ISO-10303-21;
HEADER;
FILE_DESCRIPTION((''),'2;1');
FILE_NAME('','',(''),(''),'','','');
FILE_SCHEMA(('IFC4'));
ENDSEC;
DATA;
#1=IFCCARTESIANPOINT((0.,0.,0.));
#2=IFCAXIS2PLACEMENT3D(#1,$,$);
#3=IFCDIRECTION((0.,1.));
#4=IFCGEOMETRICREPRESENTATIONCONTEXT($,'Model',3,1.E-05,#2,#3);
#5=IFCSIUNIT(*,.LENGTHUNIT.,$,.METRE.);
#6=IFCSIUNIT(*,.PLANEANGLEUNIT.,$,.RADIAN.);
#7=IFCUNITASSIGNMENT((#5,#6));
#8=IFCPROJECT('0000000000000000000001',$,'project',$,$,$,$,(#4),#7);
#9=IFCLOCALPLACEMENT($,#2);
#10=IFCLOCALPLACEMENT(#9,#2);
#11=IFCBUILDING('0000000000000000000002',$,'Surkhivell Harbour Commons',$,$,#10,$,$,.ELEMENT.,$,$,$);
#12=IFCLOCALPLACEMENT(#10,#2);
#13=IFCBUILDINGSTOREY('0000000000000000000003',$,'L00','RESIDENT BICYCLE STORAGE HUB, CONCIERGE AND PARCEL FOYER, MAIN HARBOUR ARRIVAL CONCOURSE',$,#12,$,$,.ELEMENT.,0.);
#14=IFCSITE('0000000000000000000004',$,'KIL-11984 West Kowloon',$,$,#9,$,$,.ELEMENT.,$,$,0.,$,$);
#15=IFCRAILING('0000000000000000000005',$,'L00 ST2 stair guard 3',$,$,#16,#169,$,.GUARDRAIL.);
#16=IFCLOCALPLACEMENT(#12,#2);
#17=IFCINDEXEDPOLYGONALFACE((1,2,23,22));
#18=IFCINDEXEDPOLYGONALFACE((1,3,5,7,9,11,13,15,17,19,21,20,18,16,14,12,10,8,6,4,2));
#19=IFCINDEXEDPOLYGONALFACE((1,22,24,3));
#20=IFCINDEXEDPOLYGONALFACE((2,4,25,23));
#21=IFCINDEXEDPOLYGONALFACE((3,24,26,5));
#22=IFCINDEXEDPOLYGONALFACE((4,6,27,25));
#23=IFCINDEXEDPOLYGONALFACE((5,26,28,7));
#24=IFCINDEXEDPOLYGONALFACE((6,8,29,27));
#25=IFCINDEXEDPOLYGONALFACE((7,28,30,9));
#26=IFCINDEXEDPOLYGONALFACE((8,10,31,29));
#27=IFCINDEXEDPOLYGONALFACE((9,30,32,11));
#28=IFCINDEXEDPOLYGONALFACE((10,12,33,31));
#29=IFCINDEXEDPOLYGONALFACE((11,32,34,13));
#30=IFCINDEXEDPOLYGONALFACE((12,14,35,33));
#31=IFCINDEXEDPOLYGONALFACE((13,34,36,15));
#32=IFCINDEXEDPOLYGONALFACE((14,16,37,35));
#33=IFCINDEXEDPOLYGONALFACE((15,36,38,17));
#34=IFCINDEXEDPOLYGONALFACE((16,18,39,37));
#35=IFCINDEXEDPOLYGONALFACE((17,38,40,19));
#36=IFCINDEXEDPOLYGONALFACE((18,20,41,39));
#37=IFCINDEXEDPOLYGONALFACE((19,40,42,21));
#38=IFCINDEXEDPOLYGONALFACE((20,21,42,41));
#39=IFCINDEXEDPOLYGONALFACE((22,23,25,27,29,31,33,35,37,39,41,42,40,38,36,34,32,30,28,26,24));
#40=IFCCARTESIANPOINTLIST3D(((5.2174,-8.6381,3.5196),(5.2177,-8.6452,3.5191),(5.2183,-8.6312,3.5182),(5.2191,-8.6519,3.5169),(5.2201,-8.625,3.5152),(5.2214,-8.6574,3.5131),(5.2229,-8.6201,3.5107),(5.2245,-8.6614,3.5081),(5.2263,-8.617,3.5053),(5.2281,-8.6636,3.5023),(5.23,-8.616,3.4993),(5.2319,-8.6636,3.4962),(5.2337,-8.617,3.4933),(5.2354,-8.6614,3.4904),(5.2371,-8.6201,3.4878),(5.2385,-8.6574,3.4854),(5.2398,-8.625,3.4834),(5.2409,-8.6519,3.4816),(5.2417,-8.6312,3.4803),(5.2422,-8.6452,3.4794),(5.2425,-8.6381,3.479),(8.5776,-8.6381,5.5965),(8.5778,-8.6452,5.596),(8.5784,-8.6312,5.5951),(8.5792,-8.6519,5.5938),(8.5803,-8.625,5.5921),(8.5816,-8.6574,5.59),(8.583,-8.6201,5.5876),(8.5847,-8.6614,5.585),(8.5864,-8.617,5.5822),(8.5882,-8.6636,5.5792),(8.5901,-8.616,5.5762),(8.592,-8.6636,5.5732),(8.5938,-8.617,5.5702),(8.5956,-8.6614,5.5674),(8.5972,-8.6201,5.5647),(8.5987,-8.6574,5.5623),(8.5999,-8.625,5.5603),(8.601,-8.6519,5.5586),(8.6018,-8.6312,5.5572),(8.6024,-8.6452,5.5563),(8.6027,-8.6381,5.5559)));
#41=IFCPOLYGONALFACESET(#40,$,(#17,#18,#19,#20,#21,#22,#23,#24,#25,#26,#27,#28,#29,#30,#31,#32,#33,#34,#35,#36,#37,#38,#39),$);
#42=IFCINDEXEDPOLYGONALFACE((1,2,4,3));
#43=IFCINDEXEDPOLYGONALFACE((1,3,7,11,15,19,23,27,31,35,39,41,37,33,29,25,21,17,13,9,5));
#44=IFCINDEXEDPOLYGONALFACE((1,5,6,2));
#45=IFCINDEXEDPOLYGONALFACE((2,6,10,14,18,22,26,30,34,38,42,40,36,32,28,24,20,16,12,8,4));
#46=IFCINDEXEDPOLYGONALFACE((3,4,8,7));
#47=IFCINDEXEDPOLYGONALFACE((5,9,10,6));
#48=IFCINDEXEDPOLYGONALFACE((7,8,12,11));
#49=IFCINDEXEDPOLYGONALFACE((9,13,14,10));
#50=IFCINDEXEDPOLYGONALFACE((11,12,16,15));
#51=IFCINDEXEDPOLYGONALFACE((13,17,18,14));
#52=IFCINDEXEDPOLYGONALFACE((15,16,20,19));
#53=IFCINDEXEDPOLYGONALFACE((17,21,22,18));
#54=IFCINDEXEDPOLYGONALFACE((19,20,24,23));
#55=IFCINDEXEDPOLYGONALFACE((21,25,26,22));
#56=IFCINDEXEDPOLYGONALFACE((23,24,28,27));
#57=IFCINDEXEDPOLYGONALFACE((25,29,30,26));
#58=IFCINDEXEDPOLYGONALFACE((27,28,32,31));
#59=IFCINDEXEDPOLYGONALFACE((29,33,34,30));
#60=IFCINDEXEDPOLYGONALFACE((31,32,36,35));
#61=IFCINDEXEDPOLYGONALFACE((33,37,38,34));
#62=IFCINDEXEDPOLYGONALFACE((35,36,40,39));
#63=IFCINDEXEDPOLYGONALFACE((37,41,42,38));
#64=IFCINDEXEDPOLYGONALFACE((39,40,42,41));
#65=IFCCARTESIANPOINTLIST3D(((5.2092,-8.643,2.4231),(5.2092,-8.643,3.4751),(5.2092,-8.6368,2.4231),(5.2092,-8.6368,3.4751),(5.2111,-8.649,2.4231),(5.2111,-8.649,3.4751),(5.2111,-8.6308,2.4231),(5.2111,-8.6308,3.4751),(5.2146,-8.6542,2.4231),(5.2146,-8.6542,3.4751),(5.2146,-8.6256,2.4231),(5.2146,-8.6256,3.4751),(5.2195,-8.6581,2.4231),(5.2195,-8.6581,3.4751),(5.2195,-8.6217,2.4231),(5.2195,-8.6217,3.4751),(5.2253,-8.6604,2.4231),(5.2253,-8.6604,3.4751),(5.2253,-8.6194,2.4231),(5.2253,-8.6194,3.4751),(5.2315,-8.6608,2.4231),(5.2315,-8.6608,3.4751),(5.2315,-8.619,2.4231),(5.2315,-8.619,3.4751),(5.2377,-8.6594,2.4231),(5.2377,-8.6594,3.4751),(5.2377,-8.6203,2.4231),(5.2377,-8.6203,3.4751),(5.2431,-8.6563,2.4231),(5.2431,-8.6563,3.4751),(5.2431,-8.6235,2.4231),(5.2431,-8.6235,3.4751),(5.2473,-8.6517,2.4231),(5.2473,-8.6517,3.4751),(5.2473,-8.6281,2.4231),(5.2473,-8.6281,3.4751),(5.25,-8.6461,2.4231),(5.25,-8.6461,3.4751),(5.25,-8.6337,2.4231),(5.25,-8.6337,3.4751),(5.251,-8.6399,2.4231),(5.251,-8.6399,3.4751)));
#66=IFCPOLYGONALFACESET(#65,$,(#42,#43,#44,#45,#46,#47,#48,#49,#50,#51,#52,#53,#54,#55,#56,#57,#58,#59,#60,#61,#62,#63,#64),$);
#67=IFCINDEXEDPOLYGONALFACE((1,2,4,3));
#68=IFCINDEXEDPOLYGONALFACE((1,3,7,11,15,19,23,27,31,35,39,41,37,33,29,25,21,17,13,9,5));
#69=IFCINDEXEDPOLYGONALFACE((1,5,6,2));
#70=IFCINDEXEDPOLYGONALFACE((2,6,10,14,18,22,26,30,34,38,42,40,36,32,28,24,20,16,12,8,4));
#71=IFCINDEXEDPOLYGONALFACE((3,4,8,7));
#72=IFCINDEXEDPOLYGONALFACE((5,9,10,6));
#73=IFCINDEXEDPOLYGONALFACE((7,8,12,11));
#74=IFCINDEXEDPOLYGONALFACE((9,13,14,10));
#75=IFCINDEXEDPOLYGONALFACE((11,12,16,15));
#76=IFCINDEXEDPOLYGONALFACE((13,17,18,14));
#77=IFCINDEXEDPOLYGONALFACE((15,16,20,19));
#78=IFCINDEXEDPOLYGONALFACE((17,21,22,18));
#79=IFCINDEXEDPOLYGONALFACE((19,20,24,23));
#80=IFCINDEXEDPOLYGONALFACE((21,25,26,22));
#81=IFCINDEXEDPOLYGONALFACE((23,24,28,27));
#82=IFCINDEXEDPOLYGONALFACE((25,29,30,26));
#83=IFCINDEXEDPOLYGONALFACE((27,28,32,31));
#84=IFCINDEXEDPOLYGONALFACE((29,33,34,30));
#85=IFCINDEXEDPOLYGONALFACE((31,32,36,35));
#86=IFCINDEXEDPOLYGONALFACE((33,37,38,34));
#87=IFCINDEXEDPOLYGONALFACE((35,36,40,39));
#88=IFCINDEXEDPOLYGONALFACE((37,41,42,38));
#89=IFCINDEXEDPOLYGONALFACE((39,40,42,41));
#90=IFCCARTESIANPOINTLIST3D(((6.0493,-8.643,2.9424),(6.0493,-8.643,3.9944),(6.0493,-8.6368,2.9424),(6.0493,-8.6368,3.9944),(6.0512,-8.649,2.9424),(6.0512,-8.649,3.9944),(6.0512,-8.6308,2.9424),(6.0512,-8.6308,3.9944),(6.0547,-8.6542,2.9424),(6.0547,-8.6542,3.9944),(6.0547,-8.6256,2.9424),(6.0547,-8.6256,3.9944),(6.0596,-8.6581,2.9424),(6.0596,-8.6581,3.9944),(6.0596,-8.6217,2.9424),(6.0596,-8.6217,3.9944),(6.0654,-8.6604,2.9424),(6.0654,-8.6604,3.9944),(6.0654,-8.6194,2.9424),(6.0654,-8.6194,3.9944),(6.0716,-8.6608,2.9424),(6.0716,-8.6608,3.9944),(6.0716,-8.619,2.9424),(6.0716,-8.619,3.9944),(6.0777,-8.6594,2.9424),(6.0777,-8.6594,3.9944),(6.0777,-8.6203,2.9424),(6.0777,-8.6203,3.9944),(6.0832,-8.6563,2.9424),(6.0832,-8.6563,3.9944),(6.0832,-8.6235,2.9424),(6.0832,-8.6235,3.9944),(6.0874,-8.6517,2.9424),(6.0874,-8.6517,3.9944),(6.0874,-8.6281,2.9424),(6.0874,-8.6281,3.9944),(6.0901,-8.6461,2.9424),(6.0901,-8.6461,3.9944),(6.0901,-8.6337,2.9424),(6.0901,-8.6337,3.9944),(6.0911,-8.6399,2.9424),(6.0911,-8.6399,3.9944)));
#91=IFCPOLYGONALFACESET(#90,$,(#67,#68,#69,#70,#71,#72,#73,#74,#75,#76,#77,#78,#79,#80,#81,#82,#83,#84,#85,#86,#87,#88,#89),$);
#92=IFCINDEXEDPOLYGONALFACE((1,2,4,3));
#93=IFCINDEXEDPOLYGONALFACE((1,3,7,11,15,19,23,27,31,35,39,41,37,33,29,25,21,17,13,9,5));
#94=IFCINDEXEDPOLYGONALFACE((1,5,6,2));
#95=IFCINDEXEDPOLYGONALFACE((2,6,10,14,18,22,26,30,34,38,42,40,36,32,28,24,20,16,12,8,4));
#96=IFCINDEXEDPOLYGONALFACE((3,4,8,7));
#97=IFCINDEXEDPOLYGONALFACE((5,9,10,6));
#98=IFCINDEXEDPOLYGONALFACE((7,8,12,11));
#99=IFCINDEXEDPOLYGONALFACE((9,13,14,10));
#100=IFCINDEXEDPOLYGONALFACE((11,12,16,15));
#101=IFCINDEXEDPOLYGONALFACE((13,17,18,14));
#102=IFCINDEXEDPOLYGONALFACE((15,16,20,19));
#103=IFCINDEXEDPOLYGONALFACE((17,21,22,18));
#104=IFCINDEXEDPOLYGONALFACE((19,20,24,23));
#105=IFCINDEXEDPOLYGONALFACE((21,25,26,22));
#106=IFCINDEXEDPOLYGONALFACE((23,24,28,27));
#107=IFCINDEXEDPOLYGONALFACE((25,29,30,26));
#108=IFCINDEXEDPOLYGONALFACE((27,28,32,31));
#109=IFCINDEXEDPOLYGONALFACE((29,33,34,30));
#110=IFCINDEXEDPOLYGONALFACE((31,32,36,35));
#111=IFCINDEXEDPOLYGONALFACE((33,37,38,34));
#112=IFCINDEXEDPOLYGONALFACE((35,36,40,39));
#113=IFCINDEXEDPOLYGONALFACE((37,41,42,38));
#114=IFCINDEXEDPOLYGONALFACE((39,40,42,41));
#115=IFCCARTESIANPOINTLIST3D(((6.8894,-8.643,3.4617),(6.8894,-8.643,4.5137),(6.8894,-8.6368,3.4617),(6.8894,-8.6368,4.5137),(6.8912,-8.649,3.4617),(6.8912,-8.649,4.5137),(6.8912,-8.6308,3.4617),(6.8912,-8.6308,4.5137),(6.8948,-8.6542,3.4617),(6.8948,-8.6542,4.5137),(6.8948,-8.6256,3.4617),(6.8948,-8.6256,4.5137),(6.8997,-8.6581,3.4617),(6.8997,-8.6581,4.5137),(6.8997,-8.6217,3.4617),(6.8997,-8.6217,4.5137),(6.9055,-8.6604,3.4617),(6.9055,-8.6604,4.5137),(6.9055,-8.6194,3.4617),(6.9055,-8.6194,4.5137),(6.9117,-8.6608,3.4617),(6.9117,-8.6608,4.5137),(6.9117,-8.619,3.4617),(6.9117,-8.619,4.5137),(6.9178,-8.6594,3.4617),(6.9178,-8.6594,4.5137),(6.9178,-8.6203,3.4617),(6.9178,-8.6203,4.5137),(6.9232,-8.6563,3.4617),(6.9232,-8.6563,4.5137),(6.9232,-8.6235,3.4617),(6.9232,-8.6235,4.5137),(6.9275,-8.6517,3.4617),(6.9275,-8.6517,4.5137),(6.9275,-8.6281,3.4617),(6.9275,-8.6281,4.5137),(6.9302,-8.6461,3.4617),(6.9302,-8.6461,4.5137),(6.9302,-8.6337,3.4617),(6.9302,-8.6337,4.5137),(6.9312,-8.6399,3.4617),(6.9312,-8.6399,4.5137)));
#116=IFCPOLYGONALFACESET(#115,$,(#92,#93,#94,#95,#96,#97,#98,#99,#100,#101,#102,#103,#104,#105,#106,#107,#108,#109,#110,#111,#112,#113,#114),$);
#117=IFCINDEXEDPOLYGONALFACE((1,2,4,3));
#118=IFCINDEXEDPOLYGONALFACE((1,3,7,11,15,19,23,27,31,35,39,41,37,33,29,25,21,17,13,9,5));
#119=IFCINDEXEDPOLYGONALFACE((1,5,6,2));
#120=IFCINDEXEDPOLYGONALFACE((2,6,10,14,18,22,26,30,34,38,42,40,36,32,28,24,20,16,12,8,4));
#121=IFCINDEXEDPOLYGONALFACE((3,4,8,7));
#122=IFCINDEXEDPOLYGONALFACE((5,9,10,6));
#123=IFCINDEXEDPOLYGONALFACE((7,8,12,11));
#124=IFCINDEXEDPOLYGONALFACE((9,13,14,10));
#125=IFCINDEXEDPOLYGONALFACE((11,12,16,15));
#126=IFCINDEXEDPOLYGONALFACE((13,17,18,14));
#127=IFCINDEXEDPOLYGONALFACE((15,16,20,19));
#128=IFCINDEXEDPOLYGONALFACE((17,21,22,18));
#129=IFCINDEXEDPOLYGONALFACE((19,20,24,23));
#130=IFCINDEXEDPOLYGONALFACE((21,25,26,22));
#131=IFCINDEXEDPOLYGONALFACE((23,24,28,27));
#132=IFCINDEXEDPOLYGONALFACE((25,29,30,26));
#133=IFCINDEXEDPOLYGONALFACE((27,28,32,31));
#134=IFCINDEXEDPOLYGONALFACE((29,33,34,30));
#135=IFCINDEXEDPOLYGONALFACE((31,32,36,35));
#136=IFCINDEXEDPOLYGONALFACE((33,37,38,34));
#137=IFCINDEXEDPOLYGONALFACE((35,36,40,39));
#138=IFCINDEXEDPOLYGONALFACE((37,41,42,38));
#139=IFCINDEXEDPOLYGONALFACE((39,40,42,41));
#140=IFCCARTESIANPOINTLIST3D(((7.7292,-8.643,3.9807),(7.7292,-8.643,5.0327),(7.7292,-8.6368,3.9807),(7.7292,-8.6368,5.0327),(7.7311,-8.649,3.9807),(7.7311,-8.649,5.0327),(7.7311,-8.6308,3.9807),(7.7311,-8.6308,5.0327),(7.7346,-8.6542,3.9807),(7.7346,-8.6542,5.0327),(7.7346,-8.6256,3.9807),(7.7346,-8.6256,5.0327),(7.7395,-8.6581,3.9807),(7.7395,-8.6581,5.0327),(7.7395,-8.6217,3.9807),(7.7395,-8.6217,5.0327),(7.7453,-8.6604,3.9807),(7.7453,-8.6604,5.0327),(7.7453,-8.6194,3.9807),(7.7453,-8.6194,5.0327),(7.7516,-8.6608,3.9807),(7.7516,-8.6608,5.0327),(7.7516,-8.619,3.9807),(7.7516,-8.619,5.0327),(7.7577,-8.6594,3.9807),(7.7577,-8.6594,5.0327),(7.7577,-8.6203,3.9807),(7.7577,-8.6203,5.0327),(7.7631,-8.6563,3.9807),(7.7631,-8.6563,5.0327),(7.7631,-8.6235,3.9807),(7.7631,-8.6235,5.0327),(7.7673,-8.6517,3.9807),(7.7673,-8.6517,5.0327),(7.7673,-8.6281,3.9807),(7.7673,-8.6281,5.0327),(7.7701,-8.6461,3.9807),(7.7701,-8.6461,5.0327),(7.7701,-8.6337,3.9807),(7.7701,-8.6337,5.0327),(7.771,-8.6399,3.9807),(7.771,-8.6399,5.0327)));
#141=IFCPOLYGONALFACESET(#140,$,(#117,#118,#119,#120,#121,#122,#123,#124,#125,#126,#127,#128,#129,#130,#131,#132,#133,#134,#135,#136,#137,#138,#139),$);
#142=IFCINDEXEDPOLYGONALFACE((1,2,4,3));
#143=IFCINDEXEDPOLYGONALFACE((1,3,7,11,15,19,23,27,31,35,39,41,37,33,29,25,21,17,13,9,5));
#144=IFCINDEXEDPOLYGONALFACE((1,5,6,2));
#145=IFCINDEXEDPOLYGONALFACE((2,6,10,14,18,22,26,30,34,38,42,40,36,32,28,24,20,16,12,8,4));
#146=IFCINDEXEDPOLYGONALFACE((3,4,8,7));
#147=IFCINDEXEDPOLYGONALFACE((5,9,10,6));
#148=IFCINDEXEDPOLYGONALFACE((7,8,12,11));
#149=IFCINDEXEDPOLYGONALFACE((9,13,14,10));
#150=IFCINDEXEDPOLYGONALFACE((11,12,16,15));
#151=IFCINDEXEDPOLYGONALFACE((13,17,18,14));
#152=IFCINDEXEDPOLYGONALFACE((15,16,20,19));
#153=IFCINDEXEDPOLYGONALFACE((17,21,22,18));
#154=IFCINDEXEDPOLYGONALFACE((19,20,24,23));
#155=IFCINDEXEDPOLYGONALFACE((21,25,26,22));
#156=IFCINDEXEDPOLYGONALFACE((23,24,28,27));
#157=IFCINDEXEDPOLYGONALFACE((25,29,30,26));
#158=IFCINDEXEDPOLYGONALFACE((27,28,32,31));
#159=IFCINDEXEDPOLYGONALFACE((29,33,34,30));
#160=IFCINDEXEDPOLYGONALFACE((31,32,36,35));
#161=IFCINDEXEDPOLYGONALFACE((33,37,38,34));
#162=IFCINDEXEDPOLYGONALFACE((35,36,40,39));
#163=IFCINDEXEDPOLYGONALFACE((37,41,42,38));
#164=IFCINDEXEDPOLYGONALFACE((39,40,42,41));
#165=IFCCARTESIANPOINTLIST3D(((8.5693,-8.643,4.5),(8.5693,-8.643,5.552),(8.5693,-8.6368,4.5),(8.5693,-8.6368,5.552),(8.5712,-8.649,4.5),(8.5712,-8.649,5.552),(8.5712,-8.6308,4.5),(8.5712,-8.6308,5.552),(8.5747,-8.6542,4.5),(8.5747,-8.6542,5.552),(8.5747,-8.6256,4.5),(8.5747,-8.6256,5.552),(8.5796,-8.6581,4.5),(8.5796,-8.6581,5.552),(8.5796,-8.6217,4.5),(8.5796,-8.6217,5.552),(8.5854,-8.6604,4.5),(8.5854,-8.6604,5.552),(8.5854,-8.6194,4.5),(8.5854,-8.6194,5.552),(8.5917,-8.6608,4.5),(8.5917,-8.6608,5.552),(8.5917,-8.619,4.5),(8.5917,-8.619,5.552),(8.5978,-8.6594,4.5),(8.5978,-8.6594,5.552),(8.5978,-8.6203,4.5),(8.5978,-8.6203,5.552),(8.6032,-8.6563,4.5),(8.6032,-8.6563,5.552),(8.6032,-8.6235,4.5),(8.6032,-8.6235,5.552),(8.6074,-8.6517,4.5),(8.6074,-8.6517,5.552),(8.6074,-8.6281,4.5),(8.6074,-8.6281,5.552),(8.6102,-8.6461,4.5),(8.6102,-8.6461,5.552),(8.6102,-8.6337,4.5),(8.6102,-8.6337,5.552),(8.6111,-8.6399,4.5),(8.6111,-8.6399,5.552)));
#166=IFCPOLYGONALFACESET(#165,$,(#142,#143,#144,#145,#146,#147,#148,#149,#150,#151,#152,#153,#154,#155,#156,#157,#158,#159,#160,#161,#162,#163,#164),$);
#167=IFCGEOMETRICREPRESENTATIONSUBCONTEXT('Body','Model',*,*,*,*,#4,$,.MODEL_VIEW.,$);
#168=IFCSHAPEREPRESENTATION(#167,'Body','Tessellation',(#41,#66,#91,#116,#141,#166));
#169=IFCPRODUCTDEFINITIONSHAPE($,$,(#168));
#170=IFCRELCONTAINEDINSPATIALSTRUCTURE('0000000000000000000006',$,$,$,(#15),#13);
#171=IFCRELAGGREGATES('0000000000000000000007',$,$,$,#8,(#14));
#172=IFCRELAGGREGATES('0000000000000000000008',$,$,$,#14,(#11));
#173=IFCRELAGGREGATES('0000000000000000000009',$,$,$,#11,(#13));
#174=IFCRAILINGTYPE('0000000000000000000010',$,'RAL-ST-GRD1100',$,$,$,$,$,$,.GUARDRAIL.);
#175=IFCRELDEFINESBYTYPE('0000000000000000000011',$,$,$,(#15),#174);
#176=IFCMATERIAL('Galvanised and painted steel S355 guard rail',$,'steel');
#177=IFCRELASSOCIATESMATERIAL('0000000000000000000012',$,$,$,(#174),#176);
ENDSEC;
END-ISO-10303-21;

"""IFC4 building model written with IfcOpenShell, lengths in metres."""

from ifc_helpers import new_model, si_unit, direction, frame, origin, origin_2d, place, context, subcontext, project, spatial, circle, extrude, material, type_object, element, save


model = new_model("IFC4")

# Units and contexts
model_context = context("Model", 3, precision=1e-05, world=origin(), true_north=direction((0.0, 1.0)))
body_context = subcontext(model_context, "Body", "Model", "MODEL_VIEW")
ifc_project = project(units=[si_unit("LENGTHUNIT", "METRE"), si_unit("PLANEANGLEUNIT", "RADIAN")], contexts=[model_context])

# Site, building, storey
site_placement = place(None, origin())
site = spatial("IfcSite", under=ifc_project, at=site_placement, Name="KIL-11984 West Kowloon", CompositionType="ELEMENT", RefElevation=0.0)
building_placement = place(site_placement, origin())
building = spatial("IfcBuilding", under=site, at=building_placement, Name="Surkhivell Harbour Commons", CompositionType="ELEMENT")
storey_placement = place(building_placement, origin())
storey = spatial("IfcBuildingStorey", under=building, at=storey_placement, Name="L00", Description="RESIDENT BICYCLE STORAGE HUB, CONCIERGE AND PARCEL FOYER, MAIN HARBOUR ARRIVAL CONCOURSE", CompositionType="ELEMENT", Elevation=0.0)

# Railing
ifc_material_1 = material(Name="Galvanised and painted steel S355 guard rail", Category="steel")
railing_type_1 = type_object("IfcRailingType", Name="RAL-ST-GRD1100", PredefinedType="GUARDRAIL", material=ifc_material_1)
railing_1_placement = place(storey_placement, frame((5.23, -8.6399, 2.4231)))
element("IfcRailing", 1, at=railing_1_placement, inside=storey, type_object=railing_type_1, Name="L00 ST2 stair guard 3", PredefinedType="GUARDRAIL", context=body_context, shape_type="SweptSolid", body=[
    extrude(circle(Radius=0.0239, at=origin_2d()), frame((0.0, 0.0, 1.0762), z_axis=(0.850623, 0.0, 0.525776), x_axis=(0.0, 1.0, 0.0)), (0.0, 0.0, 1.0), 3.9502),
    extrude(circle(Radius=0.021, at=origin_2d()), origin(), (0.0, 0.0, 1.0), 1.052),
    extrude(circle(Radius=0.021, at=origin_2d()), frame((0.8401, 0.0, 0.5193)), (0.0, 0.0, 1.0), 1.052),
    extrude(circle(Radius=0.021, at=origin_2d()), frame((1.6802, 0.0, 1.0386)), (0.0, 0.0, 1.0), 1.052),
    extrude(circle(Radius=0.021, at=origin_2d()), frame((2.52, 0.0, 1.5576)), (0.0, 0.0, 1.0), 1.052),
    extrude(circle(Radius=0.021, at=origin_2d()), frame((3.3601, 0.0, 2.0769)), (0.0, 0.0, 1.0), 1.052),
])

save(model, "model.ifc")
